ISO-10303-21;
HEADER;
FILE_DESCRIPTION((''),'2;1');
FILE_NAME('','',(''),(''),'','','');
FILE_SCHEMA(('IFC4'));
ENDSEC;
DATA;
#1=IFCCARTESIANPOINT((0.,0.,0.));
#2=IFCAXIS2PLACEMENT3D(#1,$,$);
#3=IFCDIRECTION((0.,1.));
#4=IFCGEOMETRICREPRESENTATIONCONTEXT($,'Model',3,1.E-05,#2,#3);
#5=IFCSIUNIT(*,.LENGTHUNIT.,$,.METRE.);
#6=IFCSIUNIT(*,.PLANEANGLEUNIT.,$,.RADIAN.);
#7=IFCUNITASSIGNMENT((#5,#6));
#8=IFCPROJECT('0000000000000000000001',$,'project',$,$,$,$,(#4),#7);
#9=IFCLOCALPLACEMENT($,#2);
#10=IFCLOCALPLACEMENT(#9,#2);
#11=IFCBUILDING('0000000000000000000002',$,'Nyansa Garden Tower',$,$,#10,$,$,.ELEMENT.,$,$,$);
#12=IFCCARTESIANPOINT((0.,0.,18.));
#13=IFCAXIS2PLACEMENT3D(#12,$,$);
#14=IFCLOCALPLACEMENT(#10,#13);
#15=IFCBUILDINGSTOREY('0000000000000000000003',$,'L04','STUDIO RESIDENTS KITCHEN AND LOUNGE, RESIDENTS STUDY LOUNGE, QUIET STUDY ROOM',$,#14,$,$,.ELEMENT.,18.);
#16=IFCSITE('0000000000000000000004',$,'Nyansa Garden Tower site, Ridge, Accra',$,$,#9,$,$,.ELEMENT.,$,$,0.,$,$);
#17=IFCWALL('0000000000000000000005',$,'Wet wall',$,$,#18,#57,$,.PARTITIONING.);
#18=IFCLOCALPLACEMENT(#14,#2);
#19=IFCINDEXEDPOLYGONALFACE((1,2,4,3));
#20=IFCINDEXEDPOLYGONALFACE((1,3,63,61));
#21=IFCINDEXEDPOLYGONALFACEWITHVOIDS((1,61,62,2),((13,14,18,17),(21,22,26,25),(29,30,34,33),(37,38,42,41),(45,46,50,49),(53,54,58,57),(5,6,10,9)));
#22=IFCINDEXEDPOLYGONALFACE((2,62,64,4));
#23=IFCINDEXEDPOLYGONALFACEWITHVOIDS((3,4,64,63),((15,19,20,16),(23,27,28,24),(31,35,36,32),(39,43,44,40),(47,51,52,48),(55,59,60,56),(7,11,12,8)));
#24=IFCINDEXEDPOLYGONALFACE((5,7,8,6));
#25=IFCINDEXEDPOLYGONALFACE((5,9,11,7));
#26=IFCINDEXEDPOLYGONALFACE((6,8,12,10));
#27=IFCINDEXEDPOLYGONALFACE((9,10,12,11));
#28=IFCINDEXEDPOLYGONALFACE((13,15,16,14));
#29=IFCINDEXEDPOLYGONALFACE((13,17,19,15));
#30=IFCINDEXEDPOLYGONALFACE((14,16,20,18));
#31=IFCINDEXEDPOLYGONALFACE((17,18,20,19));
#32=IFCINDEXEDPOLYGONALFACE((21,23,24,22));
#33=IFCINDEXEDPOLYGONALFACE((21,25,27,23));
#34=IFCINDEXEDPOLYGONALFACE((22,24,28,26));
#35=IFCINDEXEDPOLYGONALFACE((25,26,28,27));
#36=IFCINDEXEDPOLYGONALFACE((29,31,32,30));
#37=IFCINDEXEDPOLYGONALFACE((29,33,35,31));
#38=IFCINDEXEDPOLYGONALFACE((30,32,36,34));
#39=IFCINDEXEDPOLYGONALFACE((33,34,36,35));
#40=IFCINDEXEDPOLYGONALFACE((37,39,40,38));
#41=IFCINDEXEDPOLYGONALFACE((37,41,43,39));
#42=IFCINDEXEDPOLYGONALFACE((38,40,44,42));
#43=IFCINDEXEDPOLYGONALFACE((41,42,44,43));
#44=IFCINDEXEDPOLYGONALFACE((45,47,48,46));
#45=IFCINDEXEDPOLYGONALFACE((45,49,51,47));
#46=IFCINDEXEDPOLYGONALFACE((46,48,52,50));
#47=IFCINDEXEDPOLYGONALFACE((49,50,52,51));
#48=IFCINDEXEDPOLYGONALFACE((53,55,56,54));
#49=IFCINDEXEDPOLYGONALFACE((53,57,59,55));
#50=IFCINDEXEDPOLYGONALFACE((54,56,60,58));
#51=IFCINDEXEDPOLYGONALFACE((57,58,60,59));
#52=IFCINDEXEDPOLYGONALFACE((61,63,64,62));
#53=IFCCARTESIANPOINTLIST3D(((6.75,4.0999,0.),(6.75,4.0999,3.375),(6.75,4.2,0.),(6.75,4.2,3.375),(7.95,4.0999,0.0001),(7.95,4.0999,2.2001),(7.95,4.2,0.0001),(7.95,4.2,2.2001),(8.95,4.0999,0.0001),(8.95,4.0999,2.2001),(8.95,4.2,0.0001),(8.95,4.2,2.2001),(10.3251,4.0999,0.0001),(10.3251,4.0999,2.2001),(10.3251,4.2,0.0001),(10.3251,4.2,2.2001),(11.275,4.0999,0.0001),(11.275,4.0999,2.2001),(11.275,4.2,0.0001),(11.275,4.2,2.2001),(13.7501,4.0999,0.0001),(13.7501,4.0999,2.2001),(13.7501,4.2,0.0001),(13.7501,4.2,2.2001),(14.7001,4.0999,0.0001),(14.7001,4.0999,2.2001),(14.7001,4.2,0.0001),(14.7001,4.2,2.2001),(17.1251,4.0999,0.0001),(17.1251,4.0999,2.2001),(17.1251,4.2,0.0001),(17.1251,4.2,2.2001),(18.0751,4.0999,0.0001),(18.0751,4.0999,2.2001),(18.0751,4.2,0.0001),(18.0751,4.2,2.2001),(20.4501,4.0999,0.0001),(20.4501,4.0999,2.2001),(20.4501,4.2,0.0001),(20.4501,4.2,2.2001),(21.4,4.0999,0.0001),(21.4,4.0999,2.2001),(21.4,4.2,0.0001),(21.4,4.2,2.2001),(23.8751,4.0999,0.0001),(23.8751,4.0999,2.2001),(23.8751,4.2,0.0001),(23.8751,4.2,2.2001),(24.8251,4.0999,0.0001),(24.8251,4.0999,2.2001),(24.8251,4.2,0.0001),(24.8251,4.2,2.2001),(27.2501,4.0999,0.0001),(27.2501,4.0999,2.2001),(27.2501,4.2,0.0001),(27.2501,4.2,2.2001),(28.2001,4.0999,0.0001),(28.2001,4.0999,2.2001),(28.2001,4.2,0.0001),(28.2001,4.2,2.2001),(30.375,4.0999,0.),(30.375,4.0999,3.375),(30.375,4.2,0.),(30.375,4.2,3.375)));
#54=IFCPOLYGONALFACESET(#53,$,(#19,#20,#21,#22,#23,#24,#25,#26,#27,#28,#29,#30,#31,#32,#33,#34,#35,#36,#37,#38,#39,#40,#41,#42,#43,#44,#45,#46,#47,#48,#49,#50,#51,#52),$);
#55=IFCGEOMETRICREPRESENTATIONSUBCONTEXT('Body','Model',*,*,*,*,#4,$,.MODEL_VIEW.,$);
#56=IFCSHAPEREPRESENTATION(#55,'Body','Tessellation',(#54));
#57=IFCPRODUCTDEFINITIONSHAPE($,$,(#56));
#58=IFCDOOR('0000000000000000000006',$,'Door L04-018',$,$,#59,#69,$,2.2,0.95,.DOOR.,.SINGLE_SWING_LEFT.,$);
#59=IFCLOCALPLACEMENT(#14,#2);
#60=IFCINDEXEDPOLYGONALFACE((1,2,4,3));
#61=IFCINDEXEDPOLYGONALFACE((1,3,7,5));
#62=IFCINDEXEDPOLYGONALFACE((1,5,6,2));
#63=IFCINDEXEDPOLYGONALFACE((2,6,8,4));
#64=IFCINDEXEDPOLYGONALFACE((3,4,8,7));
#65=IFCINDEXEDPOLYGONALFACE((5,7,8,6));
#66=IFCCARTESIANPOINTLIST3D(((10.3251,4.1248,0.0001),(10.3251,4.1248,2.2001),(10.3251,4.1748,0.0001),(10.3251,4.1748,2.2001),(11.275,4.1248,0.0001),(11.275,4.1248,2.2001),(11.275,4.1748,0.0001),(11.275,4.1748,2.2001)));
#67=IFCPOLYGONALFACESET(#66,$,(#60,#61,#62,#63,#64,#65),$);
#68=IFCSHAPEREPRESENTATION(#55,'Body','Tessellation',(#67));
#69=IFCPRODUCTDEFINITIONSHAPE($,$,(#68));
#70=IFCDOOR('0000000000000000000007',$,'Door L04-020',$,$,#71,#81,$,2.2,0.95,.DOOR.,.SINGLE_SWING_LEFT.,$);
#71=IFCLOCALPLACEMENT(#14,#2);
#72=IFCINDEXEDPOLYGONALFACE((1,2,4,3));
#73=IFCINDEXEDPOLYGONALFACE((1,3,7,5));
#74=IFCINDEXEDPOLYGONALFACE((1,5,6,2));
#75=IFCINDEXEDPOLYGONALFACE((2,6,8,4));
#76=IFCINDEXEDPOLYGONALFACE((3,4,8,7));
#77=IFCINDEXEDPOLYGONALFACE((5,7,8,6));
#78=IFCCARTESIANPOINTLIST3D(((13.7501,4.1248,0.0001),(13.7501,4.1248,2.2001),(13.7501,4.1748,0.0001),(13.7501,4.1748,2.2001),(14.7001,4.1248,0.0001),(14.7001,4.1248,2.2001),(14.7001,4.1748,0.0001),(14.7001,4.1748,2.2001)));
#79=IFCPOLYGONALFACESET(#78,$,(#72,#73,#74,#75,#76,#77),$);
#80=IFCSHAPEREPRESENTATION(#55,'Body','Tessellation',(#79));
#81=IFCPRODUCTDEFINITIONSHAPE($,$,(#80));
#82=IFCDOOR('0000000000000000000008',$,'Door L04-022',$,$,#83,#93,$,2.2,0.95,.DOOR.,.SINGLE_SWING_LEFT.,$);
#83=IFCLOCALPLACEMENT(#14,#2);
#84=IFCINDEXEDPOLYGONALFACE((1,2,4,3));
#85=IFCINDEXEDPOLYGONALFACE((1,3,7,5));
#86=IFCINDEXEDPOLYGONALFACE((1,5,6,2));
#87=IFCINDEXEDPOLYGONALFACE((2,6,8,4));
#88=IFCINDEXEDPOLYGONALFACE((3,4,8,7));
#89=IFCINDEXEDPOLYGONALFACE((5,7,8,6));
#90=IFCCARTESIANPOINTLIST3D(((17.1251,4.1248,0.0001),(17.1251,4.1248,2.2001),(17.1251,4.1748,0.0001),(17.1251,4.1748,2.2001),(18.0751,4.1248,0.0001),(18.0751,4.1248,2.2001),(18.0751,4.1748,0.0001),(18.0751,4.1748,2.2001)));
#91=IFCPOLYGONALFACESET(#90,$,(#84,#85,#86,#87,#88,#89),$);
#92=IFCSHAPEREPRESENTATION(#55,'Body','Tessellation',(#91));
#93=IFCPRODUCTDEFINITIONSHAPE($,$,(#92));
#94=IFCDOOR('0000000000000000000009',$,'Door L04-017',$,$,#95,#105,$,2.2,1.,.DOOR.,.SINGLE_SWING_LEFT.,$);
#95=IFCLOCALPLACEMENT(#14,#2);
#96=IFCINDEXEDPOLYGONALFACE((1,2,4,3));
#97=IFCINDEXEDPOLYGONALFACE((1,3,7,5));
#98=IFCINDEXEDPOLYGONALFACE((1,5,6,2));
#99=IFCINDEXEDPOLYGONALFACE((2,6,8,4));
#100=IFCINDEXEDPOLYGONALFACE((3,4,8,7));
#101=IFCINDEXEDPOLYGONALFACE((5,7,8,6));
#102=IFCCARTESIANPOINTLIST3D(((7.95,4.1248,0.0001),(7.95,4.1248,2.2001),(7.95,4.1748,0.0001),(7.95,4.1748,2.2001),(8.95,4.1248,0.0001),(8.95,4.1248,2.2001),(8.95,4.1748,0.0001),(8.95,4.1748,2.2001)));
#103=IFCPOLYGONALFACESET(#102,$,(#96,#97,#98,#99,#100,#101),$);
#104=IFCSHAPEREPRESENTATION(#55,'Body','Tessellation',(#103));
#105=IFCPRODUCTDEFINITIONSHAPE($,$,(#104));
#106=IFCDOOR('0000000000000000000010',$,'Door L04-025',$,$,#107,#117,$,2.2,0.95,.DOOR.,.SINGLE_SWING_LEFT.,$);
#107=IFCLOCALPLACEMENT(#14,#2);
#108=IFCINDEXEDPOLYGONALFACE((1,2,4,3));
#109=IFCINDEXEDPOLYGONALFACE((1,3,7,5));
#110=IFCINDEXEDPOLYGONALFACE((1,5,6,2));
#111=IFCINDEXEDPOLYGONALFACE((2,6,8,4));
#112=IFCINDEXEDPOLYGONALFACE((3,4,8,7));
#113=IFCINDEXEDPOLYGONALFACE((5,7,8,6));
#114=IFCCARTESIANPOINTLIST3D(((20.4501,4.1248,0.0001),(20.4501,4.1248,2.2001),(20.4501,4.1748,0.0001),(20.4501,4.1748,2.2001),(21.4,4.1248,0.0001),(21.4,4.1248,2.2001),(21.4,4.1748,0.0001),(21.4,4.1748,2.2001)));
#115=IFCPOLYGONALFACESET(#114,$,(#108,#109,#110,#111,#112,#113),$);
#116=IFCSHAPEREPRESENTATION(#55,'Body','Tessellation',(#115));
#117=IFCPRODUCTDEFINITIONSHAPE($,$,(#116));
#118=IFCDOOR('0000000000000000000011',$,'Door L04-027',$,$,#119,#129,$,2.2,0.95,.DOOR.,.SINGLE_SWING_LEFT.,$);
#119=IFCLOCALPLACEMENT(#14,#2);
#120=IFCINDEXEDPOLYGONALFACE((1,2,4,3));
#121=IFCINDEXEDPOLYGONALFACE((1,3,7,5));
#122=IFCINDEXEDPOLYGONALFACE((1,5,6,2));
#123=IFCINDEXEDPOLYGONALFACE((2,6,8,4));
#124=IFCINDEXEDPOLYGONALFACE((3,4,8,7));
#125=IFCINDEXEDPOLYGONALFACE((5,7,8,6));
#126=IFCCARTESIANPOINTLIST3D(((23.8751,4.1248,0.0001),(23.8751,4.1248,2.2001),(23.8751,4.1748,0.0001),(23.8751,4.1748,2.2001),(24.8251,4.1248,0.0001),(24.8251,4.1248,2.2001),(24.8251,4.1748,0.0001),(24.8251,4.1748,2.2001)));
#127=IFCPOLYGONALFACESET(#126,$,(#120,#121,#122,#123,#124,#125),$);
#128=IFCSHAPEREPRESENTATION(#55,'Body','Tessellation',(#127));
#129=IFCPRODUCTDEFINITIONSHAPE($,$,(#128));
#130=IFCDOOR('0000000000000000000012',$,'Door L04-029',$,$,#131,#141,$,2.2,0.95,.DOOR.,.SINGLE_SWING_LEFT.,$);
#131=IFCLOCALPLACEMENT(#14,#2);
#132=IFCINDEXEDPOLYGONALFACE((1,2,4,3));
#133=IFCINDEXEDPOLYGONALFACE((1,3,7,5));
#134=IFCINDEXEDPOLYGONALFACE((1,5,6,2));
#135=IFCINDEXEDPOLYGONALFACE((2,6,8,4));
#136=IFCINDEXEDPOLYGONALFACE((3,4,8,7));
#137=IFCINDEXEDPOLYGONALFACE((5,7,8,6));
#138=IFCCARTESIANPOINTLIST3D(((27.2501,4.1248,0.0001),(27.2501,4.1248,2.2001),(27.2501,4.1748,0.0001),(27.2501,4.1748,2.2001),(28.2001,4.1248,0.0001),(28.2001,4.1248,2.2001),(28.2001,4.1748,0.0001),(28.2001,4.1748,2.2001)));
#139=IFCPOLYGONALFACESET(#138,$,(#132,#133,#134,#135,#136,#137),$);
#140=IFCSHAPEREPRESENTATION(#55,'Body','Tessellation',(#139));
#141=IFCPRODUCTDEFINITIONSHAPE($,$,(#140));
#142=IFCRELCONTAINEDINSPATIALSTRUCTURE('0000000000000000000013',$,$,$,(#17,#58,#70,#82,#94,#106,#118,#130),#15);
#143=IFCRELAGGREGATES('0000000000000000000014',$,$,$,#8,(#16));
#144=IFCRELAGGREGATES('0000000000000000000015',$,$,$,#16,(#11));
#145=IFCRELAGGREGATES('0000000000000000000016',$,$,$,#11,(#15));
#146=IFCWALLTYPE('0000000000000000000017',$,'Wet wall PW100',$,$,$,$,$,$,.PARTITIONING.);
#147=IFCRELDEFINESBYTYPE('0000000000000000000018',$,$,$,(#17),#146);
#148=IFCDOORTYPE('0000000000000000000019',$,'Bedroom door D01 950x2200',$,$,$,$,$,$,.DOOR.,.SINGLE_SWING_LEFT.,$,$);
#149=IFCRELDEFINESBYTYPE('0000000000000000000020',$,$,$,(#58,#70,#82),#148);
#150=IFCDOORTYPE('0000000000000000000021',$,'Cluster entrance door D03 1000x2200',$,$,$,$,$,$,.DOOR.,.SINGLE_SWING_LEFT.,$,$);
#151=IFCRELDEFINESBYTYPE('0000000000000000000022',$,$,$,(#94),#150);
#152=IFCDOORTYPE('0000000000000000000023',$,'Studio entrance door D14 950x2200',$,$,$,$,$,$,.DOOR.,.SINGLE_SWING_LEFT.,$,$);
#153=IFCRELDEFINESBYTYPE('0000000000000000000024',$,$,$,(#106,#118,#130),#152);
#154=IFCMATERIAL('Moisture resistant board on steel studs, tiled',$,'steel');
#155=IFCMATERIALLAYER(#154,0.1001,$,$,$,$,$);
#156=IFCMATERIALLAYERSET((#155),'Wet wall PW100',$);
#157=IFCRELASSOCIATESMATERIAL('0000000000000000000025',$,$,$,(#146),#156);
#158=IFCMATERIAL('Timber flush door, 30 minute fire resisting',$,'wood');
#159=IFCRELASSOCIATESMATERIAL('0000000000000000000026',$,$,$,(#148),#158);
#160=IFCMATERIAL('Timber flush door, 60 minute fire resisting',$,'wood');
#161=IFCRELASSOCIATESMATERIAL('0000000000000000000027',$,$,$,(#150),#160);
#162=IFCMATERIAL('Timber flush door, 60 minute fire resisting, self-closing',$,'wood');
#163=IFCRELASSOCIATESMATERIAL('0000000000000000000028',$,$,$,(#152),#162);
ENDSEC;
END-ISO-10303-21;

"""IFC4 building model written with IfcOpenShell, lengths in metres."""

from ifc_helpers import new_model, si_unit, direction, frame, frame_2d, origin, place, context, subcontext, project, spatial, rectangle, extrude, material, layer, layer_set, type_object, element, fill, save


model = new_model("IFC4")

# Units and contexts
model_context = context("Model", 3, precision=1e-05, world=origin(), true_north=direction((0.0, 1.0)))
body_context = subcontext(model_context, "Body", "Model", "MODEL_VIEW")
ifc_project = project(units=[si_unit("LENGTHUNIT", "METRE"), si_unit("PLANEANGLEUNIT", "RADIAN")], contexts=[model_context])

# Site, building, storey
site_placement = place(None, origin())
site = spatial("IfcSite", under=ifc_project, at=site_placement, Name="Nyansa Garden Tower site, Ridge, Accra", CompositionType="ELEMENT", RefElevation=0.0)
building_placement = place(site_placement, origin())
building = spatial("IfcBuilding", under=site, at=building_placement, Name="Nyansa Garden Tower", CompositionType="ELEMENT")
storey_placement = place(building_placement, frame((0.0, 0.0, 18.0)))
storey = spatial("IfcBuildingStorey", under=building, at=storey_placement, Name="L04", Description="STUDIO RESIDENTS KITCHEN AND LOUNGE, RESIDENTS STUDY LOUNGE, QUIET STUDY ROOM", CompositionType="ELEMENT", Elevation=18.0)

# Wall, openings, doors
ifc_material_1 = material(Name="Moisture resistant board on steel studs, tiled", Category="steel")
ifc_layer_1 = layer(ifc_material_1, 0.1001)
ifc_layer_set_1 = layer_set([ifc_layer_1], Name="Wet wall PW100")
wall_type_1 = type_object("IfcWallType", Name="Wet wall PW100", PredefinedType="PARTITIONING", material=ifc_layer_set_1)
wall_1_placement = place(storey_placement, frame((6.75, 4.1499, 0.0), z_axis=(0.0, 0.0, 1.0), x_axis=(1.0, 0.0, 0.0)))
wall_1 = element("IfcWall", 1, at=wall_1_placement, inside=storey, type_object=wall_type_1, Name="Wet wall", PredefinedType="PARTITIONING", context=body_context, shape_type="SweptSolid", body=[
    extrude(rectangle(XDim=23.625, YDim=0.1001, at=frame_2d((11.8125, 0.0))), origin(), (0.0, 0.0, 1.0), 3.375),
])
opening_1_placement = place(wall_1_placement, frame((1.2, 0.0, 0.0)))
opening_1 = element("IfcOpeningElement", 2, at=opening_1_placement, cuts=wall_1, PredefinedType="OPENING", context=body_context, shape_type="SweptSolid", body=[
    extrude(rectangle(XDim=1.0, YDim=2.2, at=frame_2d((0.5, 1.1001))), frame((0.0, 0.0601, 0.0), z_axis=(0.0, -1.0, 0.0), x_axis=(1.0, 0.0, 0.0)), (0.0, 0.0, 1.0), 0.1201),
])
opening_2_placement = place(wall_1_placement, frame((3.575, 0.0, 0.0)))
opening_2 = element("IfcOpeningElement", 3, at=opening_2_placement, cuts=wall_1, PredefinedType="OPENING", context=body_context, shape_type="SweptSolid", body=[
    extrude(rectangle(XDim=0.95, YDim=2.2, at=frame_2d((0.4751, 1.1001))), frame((0.0, 0.0601, 0.0), z_axis=(0.0, -1.0, 0.0), x_axis=(1.0, 0.0, 0.0)), (0.0, 0.0, 1.0), 0.1201),
])
opening_3_placement = place(wall_1_placement, frame((7.0, 0.0, 0.0)))
opening_3 = element("IfcOpeningElement", 4, at=opening_3_placement, cuts=wall_1, PredefinedType="OPENING", context=body_context, shape_type="SweptSolid", body=[
    extrude(rectangle(XDim=0.95, YDim=2.2, at=frame_2d((0.4751, 1.1001))), frame((0.0, 0.0601, 0.0), z_axis=(0.0, -1.0, 0.0), x_axis=(1.0, 0.0, 0.0)), (0.0, 0.0, 1.0), 0.1201),
])
opening_4_placement = place(wall_1_placement, frame((10.375, 0.0, 0.0)))
opening_4 = element("IfcOpeningElement", 5, at=opening_4_placement, cuts=wall_1, PredefinedType="OPENING", context=body_context, shape_type="SweptSolid", body=[
    extrude(rectangle(XDim=0.95, YDim=2.2, at=frame_2d((0.4751, 1.1001))), frame((0.0, 0.0601, 0.0), z_axis=(0.0, -1.0, 0.0), x_axis=(1.0, 0.0, 0.0)), (0.0, 0.0, 1.0), 0.1201),
])
opening_5_placement = place(wall_1_placement, frame((13.7, 0.0, 0.0)))
opening_5 = element("IfcOpeningElement", 6, at=opening_5_placement, cuts=wall_1, PredefinedType="OPENING", context=body_context, shape_type="SweptSolid", body=[
    extrude(rectangle(XDim=0.95, YDim=2.2, at=frame_2d((0.4751, 1.1001))), frame((0.0, 0.0601, 0.0), z_axis=(0.0, -1.0, 0.0), x_axis=(1.0, 0.0, 0.0)), (0.0, 0.0, 1.0), 0.1201),
])
opening_6_placement = place(wall_1_placement, frame((17.125, 0.0, 0.0)))
opening_6 = element("IfcOpeningElement", 7, at=opening_6_placement, cuts=wall_1, PredefinedType="OPENING", context=body_context, shape_type="SweptSolid", body=[
    extrude(rectangle(XDim=0.95, YDim=2.2, at=frame_2d((0.4751, 1.1001))), frame((0.0, 0.0601, 0.0), z_axis=(0.0, -1.0, 0.0), x_axis=(1.0, 0.0, 0.0)), (0.0, 0.0, 1.0), 0.1201),
])
opening_7_placement = place(wall_1_placement, frame((20.5, 0.0, 0.0)))
opening_7 = element("IfcOpeningElement", 8, at=opening_7_placement, cuts=wall_1, PredefinedType="OPENING", context=body_context, shape_type="SweptSolid", body=[
    extrude(rectangle(XDim=0.95, YDim=2.2, at=frame_2d((0.4751, 1.1001))), frame((0.0, 0.0601, 0.0), z_axis=(0.0, -1.0, 0.0), x_axis=(1.0, 0.0, 0.0)), (0.0, 0.0, 1.0), 0.1201),
])
ifc_material_2 = material(Name="Timber flush door, 30 minute fire resisting", Category="wood")
door_type_1 = type_object("IfcDoorType", Name="Bedroom door D01 950x2200", OperationType="SINGLE_SWING_LEFT", PredefinedType="DOOR", material=ifc_material_2)
door_1_placement = place(opening_2_placement, origin())
door_1 = element("IfcDoor", 9, at=door_1_placement, inside=storey, type_object=door_type_1, Name="Door L04-018", OperationType="SINGLE_SWING_LEFT", OverallHeight=2.2, OverallWidth=0.95, PredefinedType="DOOR", context=body_context, shape_type="SweptSolid", body=[
    extrude(rectangle(XDim=0.95, YDim=2.2, at=frame_2d((0.4751, 1.1001))), frame((0.0, 0.0249, 0.0), z_axis=(0.0, -1.0, 0.0), x_axis=(1.0, 0.0, 0.0)), (0.0, 0.0, 1.0), 0.05),
])
fill(opening_2, door_1)
door_2_placement = place(opening_3_placement, origin())
door_2 = element("IfcDoor", 10, at=door_2_placement, inside=storey, type_object=door_type_1, Name="Door L04-020", OperationType="SINGLE_SWING_LEFT", OverallHeight=2.2, OverallWidth=0.95, PredefinedType="DOOR", context=body_context, shape_type="SweptSolid", body=[
    extrude(rectangle(XDim=0.95, YDim=2.2, at=frame_2d((0.4751, 1.1001))), frame((0.0, 0.0249, 0.0), z_axis=(0.0, -1.0, 0.0), x_axis=(1.0, 0.0, 0.0)), (0.0, 0.0, 1.0), 0.05),
])
fill(opening_3, door_2)
door_3_placement = place(opening_4_placement, origin())
door_3 = element("IfcDoor", 11, at=door_3_placement, inside=storey, type_object=door_type_1, Name="Door L04-022", OperationType="SINGLE_SWING_LEFT", OverallHeight=2.2, OverallWidth=0.95, PredefinedType="DOOR", context=body_context, shape_type="SweptSolid", body=[
    extrude(rectangle(XDim=0.95, YDim=2.2, at=frame_2d((0.4751, 1.1001))), frame((0.0, 0.0249, 0.0), z_axis=(0.0, -1.0, 0.0), x_axis=(1.0, 0.0, 0.0)), (0.0, 0.0, 1.0), 0.05),
])
fill(opening_4, door_3)
ifc_material_3 = material(Name="Timber flush door, 60 minute fire resisting", Category="wood")
door_type_2 = type_object("IfcDoorType", Name="Cluster entrance door D03 1000x2200", OperationType="SINGLE_SWING_LEFT", PredefinedType="DOOR", material=ifc_material_3)
door_4_placement = place(opening_1_placement, origin())
door_4 = element("IfcDoor", 12, at=door_4_placement, inside=storey, type_object=door_type_2, Name="Door L04-017", OperationType="SINGLE_SWING_LEFT", OverallHeight=2.2, OverallWidth=1.0, PredefinedType="DOOR", context=body_context, shape_type="SweptSolid", body=[
    extrude(rectangle(XDim=1.0, YDim=2.2, at=frame_2d((0.5, 1.1001))), frame((0.0, 0.0249, 0.0), z_axis=(0.0, -1.0, 0.0), x_axis=(1.0, 0.0, 0.0)), (0.0, 0.0, 1.0), 0.05),
])
fill(opening_1, door_4)
ifc_material_4 = material(Name="Timber flush door, 60 minute fire resisting, self-closing", Category="wood")
door_type_3 = type_object("IfcDoorType", Name="Studio entrance door D14 950x2200", OperationType="SINGLE_SWING_LEFT", PredefinedType="DOOR", material=ifc_material_4)
door_5_placement = place(opening_5_placement, origin())
door_5 = element("IfcDoor", 13, at=door_5_placement, inside=storey, type_object=door_type_3, Name="Door L04-025", OperationType="SINGLE_SWING_LEFT", OverallHeight=2.2, OverallWidth=0.95, PredefinedType="DOOR", context=body_context, shape_type="SweptSolid", body=[
    extrude(rectangle(XDim=0.95, YDim=2.2, at=frame_2d((0.4751, 1.1001))), frame((0.0, 0.0249, 0.0), z_axis=(0.0, -1.0, 0.0), x_axis=(1.0, 0.0, 0.0)), (0.0, 0.0, 1.0), 0.05),
])
fill(opening_5, door_5)
door_6_placement = place(opening_6_placement, origin())
door_6 = element("IfcDoor", 14, at=door_6_placement, inside=storey, type_object=door_type_3, Name="Door L04-027", OperationType="SINGLE_SWING_LEFT", OverallHeight=2.2, OverallWidth=0.95, PredefinedType="DOOR", context=body_context, shape_type="SweptSolid", body=[
    extrude(rectangle(XDim=0.95, YDim=2.2, at=frame_2d((0.4751, 1.1001))), frame((0.0, 0.0249, 0.0), z_axis=(0.0, -1.0, 0.0), x_axis=(1.0, 0.0, 0.0)), (0.0, 0.0, 1.0), 0.05),
])
fill(opening_6, door_6)
door_7_placement = place(opening_7_placement, origin())
door_7 = element("IfcDoor", 15, at=door_7_placement, inside=storey, type_object=door_type_3, Name="Door L04-029", OperationType="SINGLE_SWING_LEFT", OverallHeight=2.2, OverallWidth=0.95, PredefinedType="DOOR", context=body_context, shape_type="SweptSolid", body=[
    extrude(rectangle(XDim=0.95, YDim=2.2, at=frame_2d((0.4751, 1.1001))), frame((0.0, 0.0249, 0.0), z_axis=(0.0, -1.0, 0.0), x_axis=(1.0, 0.0, 0.0)), (0.0, 0.0, 1.0), 0.05),
])
fill(opening_7, door_7)

save(model, "model.ifc")
